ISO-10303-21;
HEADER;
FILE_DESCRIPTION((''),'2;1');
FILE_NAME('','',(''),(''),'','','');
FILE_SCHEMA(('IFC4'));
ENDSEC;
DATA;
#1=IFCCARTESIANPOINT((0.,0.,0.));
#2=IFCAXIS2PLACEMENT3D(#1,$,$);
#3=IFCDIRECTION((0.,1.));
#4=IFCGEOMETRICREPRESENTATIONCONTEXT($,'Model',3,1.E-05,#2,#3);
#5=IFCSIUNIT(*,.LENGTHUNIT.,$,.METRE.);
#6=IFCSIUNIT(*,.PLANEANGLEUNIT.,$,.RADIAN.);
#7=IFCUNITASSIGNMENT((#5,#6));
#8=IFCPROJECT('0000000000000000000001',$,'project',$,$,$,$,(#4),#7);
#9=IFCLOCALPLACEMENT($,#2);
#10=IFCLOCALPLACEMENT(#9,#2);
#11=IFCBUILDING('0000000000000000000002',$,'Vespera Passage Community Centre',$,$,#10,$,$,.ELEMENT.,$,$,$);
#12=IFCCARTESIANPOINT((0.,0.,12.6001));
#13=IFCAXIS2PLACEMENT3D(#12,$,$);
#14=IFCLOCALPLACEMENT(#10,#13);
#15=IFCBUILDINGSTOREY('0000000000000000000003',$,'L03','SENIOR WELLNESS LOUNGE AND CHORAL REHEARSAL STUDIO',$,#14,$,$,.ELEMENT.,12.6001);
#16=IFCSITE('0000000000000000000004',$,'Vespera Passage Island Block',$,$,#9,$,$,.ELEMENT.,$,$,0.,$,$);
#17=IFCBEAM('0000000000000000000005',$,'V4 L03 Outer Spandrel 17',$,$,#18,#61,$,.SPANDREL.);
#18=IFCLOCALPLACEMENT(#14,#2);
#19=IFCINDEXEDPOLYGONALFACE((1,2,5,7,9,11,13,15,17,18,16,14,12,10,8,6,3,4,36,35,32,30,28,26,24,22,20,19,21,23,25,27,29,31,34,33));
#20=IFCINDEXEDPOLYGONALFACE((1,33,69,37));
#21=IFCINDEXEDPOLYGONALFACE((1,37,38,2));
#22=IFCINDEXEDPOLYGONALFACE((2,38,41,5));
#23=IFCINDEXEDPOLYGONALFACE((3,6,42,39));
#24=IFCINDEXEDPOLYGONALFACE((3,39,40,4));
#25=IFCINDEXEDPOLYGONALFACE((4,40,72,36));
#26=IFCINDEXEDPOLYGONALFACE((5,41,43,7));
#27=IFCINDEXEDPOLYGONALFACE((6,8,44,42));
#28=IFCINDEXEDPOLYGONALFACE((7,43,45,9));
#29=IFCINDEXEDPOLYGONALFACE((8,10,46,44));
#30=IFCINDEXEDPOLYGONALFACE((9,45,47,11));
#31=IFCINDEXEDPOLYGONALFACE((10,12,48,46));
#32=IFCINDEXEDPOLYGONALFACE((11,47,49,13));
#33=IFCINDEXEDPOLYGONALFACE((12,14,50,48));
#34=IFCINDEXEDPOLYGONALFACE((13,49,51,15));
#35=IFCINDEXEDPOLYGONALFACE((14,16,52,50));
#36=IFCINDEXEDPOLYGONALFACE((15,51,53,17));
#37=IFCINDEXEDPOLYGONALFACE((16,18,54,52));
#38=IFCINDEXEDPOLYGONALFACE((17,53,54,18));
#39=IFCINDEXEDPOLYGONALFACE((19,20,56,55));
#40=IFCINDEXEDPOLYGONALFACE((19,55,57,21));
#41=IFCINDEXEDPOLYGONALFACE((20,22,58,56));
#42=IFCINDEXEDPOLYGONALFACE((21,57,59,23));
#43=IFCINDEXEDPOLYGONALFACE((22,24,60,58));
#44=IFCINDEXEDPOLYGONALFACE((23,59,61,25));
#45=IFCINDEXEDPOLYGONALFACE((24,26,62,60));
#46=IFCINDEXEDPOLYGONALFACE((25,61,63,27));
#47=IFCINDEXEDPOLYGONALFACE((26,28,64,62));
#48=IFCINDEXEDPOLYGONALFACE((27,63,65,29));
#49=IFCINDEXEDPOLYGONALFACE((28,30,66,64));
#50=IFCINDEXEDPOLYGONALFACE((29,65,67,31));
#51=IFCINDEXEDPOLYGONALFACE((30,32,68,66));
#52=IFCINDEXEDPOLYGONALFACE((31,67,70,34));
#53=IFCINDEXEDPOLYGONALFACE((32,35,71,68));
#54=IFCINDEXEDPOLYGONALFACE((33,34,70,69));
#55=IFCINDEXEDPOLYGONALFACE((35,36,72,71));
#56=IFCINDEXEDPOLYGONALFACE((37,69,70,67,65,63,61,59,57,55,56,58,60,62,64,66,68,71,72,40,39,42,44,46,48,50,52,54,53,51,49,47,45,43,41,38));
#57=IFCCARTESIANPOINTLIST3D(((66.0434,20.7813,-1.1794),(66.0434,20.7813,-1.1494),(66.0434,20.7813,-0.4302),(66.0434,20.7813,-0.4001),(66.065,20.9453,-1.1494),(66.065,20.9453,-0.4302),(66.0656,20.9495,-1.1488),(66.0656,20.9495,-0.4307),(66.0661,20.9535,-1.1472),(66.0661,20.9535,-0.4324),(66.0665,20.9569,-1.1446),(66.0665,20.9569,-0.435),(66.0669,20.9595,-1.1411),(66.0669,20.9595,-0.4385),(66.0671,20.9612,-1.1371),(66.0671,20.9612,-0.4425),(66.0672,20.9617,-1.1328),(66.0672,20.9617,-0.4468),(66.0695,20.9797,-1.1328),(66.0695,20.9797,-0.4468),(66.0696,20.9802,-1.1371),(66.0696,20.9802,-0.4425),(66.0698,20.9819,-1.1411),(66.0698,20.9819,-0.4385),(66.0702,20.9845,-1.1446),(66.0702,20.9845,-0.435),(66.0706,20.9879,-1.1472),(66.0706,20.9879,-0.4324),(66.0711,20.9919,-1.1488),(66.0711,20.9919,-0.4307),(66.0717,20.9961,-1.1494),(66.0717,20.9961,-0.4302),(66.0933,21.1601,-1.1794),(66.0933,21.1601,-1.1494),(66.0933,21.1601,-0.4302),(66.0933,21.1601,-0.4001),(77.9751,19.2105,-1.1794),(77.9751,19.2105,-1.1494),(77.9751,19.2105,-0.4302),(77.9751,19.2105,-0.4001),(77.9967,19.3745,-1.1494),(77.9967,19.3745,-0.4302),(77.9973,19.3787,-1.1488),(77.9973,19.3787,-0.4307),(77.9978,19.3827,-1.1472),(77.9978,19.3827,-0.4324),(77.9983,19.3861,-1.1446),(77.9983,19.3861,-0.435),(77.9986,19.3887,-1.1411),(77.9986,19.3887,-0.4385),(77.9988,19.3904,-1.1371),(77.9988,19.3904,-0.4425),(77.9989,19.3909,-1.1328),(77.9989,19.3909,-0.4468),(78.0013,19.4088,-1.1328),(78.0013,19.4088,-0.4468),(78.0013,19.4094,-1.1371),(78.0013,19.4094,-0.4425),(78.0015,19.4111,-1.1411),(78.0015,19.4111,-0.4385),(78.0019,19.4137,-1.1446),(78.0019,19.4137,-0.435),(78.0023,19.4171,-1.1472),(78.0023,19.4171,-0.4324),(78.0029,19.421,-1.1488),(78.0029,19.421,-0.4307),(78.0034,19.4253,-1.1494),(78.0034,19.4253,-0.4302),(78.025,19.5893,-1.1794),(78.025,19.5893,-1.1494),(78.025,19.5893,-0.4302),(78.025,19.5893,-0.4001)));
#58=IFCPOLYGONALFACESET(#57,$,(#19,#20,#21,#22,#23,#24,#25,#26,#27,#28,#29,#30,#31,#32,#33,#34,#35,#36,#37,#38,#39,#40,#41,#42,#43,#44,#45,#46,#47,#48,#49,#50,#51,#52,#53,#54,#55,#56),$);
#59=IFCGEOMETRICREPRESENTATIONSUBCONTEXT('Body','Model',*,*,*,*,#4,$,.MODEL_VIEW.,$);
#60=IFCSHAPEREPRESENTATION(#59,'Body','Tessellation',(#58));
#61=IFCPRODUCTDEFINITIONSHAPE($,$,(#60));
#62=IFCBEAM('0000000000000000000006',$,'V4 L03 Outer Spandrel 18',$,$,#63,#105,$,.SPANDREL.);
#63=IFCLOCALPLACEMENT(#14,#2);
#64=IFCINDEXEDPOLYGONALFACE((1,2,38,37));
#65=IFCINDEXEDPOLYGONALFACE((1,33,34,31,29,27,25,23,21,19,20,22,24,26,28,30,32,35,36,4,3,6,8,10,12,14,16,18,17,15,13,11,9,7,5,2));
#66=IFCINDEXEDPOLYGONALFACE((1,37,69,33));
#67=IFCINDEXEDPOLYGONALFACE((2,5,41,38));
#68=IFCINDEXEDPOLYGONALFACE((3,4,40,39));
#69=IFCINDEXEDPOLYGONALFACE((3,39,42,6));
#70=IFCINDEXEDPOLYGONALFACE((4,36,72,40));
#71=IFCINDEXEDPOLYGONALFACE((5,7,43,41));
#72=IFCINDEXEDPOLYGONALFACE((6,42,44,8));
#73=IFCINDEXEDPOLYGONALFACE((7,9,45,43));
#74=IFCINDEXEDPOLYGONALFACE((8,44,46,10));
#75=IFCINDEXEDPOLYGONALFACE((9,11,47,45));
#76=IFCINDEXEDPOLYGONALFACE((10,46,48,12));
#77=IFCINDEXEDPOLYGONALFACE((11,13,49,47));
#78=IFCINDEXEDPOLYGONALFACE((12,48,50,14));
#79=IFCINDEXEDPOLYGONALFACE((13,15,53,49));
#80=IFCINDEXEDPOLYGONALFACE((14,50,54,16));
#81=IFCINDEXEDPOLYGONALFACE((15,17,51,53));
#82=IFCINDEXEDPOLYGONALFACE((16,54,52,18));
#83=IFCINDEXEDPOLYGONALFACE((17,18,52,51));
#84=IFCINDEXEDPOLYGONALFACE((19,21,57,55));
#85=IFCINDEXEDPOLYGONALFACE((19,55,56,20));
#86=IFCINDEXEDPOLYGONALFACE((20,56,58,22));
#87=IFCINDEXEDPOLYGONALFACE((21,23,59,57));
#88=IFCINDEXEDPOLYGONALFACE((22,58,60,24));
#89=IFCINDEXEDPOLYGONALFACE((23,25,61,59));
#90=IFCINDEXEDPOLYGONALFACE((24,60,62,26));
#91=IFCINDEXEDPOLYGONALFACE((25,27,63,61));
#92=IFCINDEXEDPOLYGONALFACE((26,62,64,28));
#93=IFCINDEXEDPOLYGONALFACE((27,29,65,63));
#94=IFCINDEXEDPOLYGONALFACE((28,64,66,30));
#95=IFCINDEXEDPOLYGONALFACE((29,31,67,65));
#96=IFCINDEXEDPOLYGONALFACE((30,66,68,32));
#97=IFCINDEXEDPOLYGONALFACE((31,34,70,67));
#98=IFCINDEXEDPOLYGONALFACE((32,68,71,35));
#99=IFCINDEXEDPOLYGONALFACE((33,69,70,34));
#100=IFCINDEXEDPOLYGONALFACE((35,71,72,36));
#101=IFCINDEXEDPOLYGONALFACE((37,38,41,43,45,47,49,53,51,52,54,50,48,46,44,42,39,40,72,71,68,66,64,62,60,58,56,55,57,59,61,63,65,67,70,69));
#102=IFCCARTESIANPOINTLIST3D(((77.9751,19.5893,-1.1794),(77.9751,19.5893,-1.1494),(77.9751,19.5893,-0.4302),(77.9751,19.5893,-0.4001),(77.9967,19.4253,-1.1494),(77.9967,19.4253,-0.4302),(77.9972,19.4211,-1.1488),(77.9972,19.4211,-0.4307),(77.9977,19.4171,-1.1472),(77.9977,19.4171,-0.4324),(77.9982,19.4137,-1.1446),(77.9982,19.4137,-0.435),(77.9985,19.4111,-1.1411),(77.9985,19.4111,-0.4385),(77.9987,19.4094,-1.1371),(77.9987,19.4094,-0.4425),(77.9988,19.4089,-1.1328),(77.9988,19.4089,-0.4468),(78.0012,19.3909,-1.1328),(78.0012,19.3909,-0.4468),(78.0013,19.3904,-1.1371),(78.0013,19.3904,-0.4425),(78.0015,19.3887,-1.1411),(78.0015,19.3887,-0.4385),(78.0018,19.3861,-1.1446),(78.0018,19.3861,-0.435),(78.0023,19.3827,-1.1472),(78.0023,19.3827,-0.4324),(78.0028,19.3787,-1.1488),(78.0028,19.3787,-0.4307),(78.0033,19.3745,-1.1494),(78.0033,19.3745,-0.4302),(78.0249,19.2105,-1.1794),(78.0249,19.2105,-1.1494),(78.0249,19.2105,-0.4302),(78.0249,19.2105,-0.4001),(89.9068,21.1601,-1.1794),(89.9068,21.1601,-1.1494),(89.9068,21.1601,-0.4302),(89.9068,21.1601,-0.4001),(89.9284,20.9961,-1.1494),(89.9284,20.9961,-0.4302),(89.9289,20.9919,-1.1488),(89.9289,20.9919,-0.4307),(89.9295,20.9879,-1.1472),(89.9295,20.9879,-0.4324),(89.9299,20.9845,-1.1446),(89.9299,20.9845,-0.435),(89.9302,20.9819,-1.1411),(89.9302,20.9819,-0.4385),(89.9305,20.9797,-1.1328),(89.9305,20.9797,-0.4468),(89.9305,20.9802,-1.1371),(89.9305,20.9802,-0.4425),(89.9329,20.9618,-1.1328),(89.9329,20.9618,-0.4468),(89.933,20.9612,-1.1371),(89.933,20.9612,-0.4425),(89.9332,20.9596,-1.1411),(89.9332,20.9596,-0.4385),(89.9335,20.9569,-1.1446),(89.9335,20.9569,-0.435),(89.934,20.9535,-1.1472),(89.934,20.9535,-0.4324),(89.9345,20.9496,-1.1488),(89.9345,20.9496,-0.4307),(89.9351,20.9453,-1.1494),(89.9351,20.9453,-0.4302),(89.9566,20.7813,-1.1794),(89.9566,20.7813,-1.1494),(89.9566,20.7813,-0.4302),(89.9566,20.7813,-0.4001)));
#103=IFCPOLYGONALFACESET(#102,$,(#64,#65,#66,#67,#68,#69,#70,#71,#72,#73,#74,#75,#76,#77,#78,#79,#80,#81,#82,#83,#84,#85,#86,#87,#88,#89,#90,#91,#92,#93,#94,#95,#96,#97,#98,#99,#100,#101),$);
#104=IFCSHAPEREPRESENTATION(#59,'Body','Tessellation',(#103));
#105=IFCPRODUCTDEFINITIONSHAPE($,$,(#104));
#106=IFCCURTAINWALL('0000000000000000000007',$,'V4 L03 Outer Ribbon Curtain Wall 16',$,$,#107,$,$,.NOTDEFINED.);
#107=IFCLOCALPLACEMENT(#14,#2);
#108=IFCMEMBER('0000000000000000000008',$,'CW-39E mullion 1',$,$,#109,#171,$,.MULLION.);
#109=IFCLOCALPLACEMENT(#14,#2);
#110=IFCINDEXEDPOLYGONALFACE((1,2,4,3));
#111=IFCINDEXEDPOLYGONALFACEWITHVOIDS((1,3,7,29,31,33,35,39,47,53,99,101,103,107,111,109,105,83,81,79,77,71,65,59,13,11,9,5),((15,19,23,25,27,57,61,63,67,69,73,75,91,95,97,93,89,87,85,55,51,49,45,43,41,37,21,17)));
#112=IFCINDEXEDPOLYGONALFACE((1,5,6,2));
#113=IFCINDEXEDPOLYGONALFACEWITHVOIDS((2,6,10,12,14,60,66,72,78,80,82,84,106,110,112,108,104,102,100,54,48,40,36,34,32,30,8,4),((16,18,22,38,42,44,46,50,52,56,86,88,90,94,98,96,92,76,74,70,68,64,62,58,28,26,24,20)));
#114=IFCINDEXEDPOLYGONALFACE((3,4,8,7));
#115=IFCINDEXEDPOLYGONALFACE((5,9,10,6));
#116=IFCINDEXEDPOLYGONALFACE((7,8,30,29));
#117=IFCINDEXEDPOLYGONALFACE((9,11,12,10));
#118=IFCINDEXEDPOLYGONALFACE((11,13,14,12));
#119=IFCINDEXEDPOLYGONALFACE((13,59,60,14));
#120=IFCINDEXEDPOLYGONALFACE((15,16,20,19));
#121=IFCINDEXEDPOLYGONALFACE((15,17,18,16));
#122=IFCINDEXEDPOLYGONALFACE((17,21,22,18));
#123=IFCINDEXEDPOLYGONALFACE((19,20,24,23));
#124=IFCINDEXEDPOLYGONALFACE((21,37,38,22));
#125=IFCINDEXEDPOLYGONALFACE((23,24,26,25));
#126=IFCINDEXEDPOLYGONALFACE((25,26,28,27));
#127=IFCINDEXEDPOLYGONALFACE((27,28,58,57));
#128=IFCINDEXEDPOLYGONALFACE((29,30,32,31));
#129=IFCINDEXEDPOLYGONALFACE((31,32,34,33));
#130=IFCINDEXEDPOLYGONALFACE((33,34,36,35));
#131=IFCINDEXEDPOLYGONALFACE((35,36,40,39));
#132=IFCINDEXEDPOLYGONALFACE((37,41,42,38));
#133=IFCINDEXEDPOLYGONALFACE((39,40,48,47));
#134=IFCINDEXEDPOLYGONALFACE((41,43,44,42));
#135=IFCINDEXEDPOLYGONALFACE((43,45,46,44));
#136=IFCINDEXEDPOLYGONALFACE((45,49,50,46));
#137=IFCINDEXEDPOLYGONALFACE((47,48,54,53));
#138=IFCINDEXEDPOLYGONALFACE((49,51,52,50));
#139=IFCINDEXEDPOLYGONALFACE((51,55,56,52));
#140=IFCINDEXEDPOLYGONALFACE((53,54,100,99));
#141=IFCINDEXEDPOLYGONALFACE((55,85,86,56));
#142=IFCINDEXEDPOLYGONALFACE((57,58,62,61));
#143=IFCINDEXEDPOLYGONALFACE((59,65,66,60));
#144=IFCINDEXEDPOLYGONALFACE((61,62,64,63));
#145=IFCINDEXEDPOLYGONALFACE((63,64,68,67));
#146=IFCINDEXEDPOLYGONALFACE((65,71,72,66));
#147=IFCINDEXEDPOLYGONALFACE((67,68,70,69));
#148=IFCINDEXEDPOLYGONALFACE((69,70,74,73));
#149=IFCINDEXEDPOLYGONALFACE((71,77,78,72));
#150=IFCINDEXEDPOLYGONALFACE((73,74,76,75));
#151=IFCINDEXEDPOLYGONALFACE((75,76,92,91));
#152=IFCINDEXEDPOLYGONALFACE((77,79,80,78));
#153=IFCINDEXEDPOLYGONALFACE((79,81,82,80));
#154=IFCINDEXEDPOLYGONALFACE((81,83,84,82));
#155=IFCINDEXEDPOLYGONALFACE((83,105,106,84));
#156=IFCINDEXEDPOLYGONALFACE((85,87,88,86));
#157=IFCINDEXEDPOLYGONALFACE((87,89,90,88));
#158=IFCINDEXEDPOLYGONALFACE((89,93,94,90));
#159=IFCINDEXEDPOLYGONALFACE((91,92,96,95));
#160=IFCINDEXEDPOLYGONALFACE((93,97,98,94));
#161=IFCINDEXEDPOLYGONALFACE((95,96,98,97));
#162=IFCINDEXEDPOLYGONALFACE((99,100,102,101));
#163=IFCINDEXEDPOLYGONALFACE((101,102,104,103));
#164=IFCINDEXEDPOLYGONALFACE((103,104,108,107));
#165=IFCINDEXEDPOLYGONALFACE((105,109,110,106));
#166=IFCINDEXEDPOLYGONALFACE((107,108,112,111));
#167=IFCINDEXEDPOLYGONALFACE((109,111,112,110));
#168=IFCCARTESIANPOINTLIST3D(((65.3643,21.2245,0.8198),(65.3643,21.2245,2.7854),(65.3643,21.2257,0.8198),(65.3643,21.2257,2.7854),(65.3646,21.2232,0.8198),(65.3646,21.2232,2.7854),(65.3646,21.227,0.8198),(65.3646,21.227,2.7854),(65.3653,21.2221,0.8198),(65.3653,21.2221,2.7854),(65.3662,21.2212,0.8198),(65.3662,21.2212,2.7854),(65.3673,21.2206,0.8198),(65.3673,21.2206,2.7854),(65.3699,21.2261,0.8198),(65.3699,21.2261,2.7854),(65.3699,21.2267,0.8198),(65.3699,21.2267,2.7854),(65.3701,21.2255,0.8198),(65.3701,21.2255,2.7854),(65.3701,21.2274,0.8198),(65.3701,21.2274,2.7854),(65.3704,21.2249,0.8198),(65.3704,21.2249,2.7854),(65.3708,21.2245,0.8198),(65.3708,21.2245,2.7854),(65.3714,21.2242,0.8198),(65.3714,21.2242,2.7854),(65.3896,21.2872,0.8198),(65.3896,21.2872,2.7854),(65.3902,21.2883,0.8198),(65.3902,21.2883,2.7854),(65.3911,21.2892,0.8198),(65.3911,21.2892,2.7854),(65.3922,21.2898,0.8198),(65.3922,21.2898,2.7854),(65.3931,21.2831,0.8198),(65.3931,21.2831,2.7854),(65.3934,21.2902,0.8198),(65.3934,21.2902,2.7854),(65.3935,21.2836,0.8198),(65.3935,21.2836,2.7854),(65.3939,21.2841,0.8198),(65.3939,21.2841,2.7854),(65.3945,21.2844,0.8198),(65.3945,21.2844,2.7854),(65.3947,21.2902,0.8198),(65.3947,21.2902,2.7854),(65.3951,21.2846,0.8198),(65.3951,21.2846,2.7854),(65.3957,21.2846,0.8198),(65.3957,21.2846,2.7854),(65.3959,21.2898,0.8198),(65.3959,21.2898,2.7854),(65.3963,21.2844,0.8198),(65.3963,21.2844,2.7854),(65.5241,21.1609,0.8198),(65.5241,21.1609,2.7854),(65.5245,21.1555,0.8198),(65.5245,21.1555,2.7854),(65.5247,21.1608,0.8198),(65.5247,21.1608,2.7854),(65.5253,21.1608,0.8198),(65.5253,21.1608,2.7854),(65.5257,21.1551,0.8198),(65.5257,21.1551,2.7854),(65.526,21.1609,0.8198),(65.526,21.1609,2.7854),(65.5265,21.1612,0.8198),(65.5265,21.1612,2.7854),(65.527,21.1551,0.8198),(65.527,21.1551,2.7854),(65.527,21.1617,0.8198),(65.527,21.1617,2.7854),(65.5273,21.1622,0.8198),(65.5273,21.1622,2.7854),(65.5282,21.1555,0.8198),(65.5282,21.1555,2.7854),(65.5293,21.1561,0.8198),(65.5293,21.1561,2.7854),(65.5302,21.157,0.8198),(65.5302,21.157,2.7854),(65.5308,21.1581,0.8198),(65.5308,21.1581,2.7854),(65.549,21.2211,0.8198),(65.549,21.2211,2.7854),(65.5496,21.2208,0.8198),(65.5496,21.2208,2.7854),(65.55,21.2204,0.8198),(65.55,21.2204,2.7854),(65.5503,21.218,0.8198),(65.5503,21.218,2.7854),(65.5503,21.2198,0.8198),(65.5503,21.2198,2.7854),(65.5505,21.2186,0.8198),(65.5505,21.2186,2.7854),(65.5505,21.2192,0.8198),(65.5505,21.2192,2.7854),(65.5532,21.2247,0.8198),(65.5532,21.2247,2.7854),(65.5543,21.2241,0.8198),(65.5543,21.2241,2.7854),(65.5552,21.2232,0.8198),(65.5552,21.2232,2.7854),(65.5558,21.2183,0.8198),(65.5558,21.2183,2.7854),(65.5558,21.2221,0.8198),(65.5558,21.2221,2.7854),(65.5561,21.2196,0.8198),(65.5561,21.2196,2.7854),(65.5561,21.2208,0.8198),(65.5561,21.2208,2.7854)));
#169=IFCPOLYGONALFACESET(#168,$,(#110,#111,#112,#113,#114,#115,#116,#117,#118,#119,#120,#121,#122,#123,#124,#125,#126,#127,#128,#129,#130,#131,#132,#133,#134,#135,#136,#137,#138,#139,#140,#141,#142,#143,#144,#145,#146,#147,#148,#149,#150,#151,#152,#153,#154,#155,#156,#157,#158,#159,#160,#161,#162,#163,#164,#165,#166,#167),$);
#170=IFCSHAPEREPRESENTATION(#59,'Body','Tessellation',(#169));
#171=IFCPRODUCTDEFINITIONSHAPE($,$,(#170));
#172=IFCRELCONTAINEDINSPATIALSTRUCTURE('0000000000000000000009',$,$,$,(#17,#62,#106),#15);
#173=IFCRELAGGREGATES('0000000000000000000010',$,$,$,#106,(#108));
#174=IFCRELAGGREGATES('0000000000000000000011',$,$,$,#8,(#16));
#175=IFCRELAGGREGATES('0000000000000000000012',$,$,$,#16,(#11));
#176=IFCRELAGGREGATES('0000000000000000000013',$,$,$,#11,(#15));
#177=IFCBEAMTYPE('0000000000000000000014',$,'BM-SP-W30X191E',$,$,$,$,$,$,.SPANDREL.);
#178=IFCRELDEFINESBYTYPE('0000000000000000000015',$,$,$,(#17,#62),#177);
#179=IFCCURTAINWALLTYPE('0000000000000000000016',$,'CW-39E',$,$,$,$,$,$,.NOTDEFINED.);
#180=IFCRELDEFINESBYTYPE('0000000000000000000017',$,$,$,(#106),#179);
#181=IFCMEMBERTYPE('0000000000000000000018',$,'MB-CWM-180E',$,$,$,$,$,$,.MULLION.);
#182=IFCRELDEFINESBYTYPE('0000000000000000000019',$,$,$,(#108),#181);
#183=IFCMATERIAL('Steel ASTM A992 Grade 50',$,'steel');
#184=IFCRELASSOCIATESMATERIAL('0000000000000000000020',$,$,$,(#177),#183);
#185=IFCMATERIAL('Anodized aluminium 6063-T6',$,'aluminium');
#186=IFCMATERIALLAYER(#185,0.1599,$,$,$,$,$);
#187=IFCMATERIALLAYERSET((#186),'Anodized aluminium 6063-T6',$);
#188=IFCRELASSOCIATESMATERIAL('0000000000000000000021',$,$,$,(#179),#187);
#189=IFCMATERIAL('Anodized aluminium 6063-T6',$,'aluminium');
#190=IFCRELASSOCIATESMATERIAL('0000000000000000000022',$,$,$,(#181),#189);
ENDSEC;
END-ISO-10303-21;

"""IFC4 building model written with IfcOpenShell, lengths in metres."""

from ifc_helpers import new_model, si_unit, direction, frame, origin, origin_2d, place, context, subcontext, project, spatial, hollow_rectangle, i_section, extrude, material, layer, layer_set, material_profile, profile_set, type_object, element, aggregate, save


model = new_model("IFC4")

# Units and contexts
model_context = context("Model", 3, precision=1e-05, world=origin(), true_north=direction((0.0, 1.0)))
body_context = subcontext(model_context, "Body", "Model", "MODEL_VIEW")
ifc_project = project(units=[si_unit("LENGTHUNIT", "METRE"), si_unit("PLANEANGLEUNIT", "RADIAN")], contexts=[model_context])

# Site, building, storey
site_placement = place(None, origin())
site = spatial("IfcSite", under=ifc_project, at=site_placement, Name="Vespera Passage Island Block", CompositionType="ELEMENT", RefElevation=0.0)
building_placement = place(site_placement, origin())
building = spatial("IfcBuilding", under=site, at=building_placement, Name="Vespera Passage Community Centre", CompositionType="ELEMENT")
storey_placement = place(building_placement, frame((0.0, 0.0, 12.6001)))
storey = spatial("IfcBuildingStorey", under=building, at=storey_placement, Name="L03", Description="SENIOR WELLNESS LOUNGE AND CHORAL REHEARSAL STUDIO", CompositionType="ELEMENT", Elevation=12.6001)

# Beams
ifc_material_1 = material(Name="Steel ASTM A992 Grade 50", Category="steel")
ifc_material_profile_1 = material_profile(ifc_material_1, i_section(OverallWidth=0.3821, OverallDepth=0.7793, WebThickness=0.0181, FlangeThickness=0.03, FilletRadius=0.0166, at=origin_2d()), Name="W30X191")
ifc_profile_set_1 = profile_set([ifc_material_profile_1], Name="Steel ASTM A992 Grade 50")
beam_type_1 = type_object("IfcBeamType", Name="BM-SP-W30X191E", PredefinedType="SPANDREL", material=ifc_profile_set_1)
for number, where, z_axis, x_axis, name in (
    (1, (66.0684, 20.9707, -0.7898), (0.991445, -0.130524, 0.0), (0.130524, 0.991445, 0.0), "V4 L03 Outer Spandrel 17"),
    (2, (78.0, 19.3999, -0.7898), (0.991445, 0.130524, 0.0), (-0.130524, 0.991445, 0.0), "V4 L03 Outer Spandrel 18"),
):
    element("IfcBeam", number, at=place(storey_placement, frame(where, z_axis=z_axis, x_axis=x_axis)), inside=storey, type_object=beam_type_1, Name=name, PredefinedType="SPANDREL", context=body_context, shape_type="SweptSolid", body=[
        extrude(i_section(OverallWidth=0.3821, OverallDepth=0.7793, WebThickness=0.0181, FlangeThickness=0.03, FilletRadius=0.0166, at=origin_2d()), origin(), (0.0, 0.0, 1.0), 12.0347),
    ])

# Curtain wall, member
ifc_material_2 = material(Name="Anodized aluminium 6063-T6", Category="aluminium")
ifc_layer_1 = layer(ifc_material_2, 0.1599)
ifc_layer_set_1 = layer_set([ifc_layer_1], Name="Anodized aluminium 6063-T6")
curtain_wall_type = type_object("IfcCurtainWallType", Name="CW-39E", PredefinedType="NOTDEFINED", material=ifc_layer_set_1)
curtain_wall_placement = place(storey_placement, origin())
curtain_wall = element("IfcCurtainWall", 3, at=curtain_wall_placement, inside=storey, type_object=curtain_wall_type, Name="V4 L03 Outer Ribbon Curtain Wall 16", PredefinedType="NOTDEFINED")
ifc_material_3 = material(Name="Anodized aluminium 6063-T6", Category="aluminium")
ifc_material_profile_2 = material_profile(ifc_material_3, hollow_rectangle(XDim=0.075, YDim=0.1799, WallThickness=0.0049, InnerFilletRadius=0.0024, OuterFilletRadius=0.0049, at=origin_2d()), Name="ALU180X75X5")
ifc_profile_set_2 = profile_set([ifc_material_profile_2], Name="Anodized aluminium 6063-T6")
member_type_1 = type_object("IfcMemberType", Name="MB-CWM-180E", PredefinedType="MULLION", material=ifc_profile_set_2)
member_1_placement = place(storey_placement, frame((65.4602, 21.2227, 0.8198), z_axis=(0.0, 0.0, 1.0), x_axis=(-0.382683, -0.92388, 0.0)))
member_1 = element("IfcMember", 4, at=member_1_placement, type_object=member_type_1, Name="CW-39E mullion 1", PredefinedType="MULLION", context=body_context, shape_type="SweptSolid", body=[
    extrude(hollow_rectangle(XDim=0.075, YDim=0.1799, WallThickness=0.0049, InnerFilletRadius=0.0024, OuterFilletRadius=0.0049, at=origin_2d()), origin(), (0.0, 0.0, 1.0), 1.9656),
])
aggregate(curtain_wall, [member_1])

save(model, "model.ifc")
